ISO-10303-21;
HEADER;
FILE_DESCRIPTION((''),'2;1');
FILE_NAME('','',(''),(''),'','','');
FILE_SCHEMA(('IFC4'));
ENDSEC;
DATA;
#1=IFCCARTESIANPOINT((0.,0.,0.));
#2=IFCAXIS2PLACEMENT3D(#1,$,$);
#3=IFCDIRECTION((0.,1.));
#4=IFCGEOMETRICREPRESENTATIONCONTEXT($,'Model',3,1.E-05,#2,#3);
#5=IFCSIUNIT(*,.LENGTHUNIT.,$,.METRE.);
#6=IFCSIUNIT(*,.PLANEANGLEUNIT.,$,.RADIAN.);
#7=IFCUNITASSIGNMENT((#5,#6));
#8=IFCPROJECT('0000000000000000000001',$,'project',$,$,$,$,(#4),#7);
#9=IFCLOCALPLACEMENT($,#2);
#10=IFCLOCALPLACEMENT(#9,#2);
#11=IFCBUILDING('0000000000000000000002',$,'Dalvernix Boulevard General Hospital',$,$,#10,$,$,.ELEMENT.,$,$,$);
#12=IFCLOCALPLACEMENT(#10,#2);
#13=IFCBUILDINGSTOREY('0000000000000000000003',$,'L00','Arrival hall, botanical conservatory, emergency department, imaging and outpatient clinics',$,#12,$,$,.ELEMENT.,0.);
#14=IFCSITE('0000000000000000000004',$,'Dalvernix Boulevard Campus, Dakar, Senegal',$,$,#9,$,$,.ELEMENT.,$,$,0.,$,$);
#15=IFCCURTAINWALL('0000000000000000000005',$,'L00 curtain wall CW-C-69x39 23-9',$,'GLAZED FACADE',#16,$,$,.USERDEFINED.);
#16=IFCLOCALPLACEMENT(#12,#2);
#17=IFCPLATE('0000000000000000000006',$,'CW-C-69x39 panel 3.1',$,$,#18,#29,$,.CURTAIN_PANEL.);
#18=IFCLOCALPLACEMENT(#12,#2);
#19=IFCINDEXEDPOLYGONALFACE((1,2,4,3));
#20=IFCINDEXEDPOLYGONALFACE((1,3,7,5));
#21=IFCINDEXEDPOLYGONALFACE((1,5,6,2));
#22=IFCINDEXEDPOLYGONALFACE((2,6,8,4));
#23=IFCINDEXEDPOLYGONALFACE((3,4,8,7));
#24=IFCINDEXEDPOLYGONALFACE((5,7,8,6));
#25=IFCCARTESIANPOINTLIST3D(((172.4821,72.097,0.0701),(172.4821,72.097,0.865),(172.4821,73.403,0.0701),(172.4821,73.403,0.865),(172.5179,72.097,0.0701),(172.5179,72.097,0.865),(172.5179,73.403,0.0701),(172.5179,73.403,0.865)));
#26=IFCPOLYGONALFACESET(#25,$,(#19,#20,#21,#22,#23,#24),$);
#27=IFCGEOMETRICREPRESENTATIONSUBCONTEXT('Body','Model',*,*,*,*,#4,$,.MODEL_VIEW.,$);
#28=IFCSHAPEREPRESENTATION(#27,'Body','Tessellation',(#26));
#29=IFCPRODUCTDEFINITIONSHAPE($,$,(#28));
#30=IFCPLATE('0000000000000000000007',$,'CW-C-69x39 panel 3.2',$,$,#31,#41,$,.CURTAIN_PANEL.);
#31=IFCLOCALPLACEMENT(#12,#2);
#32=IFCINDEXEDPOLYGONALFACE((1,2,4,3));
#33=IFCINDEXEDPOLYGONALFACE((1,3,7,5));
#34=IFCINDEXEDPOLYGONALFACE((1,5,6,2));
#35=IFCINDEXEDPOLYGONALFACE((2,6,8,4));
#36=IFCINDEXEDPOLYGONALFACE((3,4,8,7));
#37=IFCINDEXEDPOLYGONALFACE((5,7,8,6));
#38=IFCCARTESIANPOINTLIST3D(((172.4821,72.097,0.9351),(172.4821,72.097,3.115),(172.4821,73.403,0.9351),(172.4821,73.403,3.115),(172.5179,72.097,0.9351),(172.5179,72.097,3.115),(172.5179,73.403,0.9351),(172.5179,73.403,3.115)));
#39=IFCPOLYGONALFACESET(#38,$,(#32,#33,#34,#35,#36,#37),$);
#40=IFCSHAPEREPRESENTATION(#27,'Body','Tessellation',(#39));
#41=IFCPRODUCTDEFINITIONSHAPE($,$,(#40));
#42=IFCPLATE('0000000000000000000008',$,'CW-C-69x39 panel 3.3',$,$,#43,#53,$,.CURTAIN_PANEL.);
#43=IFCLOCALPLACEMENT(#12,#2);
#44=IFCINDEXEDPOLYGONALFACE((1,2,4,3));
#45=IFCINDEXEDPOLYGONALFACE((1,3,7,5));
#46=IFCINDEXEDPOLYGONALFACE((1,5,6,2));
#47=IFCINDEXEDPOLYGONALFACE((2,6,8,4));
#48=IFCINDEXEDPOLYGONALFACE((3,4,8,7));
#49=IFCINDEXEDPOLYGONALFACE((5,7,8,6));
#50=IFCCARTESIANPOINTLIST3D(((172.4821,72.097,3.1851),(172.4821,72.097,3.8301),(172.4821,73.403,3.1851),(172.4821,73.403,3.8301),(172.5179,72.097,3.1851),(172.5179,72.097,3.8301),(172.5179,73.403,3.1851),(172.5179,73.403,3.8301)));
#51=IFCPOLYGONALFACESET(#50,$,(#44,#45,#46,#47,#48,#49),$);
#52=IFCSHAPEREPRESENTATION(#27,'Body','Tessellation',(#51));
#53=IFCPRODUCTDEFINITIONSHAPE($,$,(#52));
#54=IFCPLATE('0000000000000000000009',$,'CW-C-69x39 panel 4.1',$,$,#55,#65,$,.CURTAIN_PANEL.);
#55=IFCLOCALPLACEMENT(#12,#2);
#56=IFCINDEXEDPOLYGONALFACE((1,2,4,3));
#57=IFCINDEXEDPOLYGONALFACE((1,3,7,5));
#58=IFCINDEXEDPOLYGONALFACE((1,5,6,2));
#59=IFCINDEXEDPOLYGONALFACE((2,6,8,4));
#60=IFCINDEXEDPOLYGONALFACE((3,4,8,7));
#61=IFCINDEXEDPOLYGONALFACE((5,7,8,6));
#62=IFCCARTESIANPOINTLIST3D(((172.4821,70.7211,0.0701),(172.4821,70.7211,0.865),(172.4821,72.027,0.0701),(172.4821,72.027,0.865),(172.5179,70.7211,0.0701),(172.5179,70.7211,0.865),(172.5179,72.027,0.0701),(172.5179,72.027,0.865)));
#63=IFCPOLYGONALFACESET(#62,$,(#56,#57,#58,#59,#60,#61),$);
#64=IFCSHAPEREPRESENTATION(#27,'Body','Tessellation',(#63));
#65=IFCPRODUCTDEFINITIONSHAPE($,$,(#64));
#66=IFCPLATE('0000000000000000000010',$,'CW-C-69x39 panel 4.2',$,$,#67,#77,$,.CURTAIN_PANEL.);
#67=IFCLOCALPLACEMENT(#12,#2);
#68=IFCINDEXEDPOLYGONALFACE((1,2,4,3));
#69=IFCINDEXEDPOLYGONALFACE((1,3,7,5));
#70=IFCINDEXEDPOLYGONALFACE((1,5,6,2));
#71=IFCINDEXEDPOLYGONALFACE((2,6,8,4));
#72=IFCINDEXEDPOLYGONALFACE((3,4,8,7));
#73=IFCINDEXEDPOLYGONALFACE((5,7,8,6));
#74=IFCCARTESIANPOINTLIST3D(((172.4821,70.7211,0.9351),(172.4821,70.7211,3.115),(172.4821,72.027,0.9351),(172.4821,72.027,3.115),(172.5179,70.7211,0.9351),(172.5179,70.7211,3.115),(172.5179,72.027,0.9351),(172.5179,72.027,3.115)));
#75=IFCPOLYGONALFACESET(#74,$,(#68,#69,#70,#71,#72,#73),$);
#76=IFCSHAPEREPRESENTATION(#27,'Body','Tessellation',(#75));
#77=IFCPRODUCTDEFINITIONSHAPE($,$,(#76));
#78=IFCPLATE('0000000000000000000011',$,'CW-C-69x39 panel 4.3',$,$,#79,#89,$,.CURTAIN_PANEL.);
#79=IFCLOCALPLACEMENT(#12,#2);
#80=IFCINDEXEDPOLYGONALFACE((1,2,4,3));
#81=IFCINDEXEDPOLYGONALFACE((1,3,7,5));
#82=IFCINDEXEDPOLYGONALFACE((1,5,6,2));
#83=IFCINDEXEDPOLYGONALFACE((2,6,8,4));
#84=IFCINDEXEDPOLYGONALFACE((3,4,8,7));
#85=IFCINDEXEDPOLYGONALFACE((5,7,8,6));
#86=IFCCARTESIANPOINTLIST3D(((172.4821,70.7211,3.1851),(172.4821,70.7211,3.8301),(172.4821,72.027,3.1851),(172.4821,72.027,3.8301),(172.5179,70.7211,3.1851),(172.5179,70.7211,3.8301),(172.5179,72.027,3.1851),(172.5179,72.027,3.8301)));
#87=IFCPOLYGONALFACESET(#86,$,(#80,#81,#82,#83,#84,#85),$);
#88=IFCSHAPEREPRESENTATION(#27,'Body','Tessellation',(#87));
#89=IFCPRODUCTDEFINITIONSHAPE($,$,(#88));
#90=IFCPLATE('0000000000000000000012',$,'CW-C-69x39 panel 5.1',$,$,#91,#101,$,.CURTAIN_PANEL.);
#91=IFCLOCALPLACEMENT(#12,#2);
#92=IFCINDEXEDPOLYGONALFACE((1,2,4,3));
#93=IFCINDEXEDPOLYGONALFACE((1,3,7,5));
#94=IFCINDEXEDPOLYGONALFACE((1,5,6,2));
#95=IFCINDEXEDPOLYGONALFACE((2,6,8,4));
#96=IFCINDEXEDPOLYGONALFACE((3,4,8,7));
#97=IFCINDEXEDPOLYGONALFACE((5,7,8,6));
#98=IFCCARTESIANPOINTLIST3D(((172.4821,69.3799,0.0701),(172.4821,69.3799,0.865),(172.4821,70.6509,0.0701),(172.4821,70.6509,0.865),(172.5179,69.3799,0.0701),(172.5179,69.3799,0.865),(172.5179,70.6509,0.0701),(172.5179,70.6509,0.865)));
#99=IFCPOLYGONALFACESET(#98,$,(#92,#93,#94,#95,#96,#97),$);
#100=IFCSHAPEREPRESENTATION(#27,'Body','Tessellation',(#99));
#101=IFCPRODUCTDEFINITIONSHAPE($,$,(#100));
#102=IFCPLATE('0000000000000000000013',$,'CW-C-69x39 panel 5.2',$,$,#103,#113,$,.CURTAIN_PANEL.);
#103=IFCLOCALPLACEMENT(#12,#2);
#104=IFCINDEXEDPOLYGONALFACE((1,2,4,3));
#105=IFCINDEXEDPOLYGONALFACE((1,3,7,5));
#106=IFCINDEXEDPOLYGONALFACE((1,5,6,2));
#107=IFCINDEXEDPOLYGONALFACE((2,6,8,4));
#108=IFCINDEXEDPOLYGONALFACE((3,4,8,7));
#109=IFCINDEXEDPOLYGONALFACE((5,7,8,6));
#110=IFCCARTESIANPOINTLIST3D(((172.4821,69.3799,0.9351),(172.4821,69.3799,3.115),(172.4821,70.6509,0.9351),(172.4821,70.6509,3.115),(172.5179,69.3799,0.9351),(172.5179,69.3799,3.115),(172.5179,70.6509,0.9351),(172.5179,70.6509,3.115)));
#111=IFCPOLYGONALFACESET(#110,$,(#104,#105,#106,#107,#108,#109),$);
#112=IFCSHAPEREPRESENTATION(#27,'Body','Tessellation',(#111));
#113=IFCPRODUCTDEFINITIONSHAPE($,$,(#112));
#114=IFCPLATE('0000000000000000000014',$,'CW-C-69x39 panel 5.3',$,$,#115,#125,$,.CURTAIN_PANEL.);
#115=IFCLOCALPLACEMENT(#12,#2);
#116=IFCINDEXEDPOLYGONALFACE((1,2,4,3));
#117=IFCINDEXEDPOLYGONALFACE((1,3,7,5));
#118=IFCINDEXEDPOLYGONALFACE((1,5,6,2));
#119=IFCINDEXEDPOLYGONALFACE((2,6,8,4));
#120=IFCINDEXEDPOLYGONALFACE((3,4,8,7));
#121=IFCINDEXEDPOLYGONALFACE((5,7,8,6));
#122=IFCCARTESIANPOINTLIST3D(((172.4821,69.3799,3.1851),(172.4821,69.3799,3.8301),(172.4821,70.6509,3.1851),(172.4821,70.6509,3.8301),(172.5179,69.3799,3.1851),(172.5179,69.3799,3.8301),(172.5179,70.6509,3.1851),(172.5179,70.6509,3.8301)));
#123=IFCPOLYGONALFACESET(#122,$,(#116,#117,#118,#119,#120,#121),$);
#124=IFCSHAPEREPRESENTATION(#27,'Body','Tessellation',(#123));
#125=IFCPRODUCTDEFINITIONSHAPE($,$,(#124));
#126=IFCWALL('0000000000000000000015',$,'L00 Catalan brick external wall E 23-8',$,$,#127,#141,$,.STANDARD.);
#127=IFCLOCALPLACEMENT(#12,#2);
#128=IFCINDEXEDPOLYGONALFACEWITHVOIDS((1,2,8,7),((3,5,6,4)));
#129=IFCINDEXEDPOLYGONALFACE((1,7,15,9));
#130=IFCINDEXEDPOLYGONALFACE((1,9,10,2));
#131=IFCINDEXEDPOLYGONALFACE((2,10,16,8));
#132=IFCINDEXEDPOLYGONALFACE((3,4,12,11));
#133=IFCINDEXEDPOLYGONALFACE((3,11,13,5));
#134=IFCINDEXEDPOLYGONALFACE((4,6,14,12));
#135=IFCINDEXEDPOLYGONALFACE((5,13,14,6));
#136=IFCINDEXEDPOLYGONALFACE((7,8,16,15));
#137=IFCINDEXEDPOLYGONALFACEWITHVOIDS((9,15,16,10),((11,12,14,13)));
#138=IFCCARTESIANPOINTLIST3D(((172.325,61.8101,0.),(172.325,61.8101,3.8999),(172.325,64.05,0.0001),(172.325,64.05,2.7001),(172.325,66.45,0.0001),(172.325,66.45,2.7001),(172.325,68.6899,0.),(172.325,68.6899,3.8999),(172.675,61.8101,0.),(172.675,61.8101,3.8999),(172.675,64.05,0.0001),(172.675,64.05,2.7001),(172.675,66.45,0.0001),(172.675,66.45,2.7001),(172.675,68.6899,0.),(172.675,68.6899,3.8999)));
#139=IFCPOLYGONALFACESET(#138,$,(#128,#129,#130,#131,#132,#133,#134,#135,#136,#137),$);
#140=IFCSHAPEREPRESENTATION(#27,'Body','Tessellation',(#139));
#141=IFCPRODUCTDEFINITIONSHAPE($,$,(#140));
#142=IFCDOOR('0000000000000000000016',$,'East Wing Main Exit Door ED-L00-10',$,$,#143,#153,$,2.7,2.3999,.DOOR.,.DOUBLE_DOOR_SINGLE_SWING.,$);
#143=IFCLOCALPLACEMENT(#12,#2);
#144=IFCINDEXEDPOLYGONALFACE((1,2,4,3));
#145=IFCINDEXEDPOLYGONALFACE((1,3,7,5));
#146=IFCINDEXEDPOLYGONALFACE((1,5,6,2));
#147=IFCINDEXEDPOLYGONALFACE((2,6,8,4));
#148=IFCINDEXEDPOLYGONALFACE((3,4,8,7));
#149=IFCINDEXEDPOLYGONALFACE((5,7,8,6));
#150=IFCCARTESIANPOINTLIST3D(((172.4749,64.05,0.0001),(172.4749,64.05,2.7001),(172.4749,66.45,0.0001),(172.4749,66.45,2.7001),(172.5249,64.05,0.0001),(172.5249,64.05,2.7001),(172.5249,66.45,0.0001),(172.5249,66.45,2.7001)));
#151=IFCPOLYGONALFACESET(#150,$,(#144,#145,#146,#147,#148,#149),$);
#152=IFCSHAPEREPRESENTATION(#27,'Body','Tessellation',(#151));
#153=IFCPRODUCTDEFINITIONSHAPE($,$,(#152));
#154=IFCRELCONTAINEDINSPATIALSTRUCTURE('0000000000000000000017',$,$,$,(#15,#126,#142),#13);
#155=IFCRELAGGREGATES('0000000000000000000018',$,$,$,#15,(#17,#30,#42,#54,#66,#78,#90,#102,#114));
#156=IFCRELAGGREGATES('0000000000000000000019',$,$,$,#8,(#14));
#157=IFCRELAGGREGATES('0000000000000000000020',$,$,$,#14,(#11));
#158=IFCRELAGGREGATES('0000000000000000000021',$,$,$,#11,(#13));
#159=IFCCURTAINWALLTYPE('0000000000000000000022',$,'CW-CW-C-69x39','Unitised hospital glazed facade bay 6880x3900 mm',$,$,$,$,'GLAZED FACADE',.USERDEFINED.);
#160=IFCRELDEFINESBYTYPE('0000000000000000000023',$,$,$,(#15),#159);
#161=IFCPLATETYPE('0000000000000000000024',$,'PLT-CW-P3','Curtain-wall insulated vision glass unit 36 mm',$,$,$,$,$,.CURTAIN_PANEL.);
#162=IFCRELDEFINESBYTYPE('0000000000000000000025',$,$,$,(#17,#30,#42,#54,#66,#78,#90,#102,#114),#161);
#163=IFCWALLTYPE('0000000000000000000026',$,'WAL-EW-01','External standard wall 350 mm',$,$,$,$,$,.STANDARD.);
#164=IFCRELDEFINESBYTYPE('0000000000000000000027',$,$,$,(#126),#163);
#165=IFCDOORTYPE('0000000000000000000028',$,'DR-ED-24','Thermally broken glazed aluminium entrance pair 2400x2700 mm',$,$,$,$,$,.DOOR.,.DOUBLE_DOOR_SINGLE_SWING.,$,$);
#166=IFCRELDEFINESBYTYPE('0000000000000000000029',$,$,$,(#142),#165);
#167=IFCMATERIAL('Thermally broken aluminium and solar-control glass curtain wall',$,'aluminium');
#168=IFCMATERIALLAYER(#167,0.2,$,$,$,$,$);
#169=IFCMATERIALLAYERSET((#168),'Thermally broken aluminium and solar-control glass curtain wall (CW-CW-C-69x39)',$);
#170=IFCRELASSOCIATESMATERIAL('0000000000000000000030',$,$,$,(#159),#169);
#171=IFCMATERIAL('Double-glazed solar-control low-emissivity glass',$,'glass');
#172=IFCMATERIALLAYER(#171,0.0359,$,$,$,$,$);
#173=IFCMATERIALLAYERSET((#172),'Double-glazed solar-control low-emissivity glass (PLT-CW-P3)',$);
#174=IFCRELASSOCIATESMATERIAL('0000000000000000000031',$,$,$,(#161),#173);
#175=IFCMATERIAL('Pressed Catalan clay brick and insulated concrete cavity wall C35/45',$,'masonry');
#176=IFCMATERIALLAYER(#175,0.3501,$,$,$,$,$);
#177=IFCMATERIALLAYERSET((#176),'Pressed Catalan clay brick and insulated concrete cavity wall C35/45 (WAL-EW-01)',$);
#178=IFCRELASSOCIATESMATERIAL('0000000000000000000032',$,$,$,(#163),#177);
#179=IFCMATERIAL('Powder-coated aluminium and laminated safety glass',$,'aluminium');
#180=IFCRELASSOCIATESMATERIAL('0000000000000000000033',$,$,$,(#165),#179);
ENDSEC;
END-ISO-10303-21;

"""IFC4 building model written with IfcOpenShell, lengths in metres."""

from ifc_helpers import new_model, si_unit, direction, frame, frame_2d, origin, origin_2d, place, context, subcontext, project, spatial, rectangle, extrude, material, layer, layer_set, type_object, element, fill, aggregate, save


model = new_model("IFC4")

# Units and contexts
model_context = context("Model", 3, precision=1e-05, world=origin(), true_north=direction((0.0, 1.0)))
body_context = subcontext(model_context, "Body", "Model", "MODEL_VIEW")
ifc_project = project(units=[si_unit("LENGTHUNIT", "METRE"), si_unit("PLANEANGLEUNIT", "RADIAN")], contexts=[model_context])

# Site, building, storey
site_placement = place(None, origin())
site = spatial("IfcSite", under=ifc_project, at=site_placement, Name="Dalvernix Boulevard Campus, Dakar, Senegal", CompositionType="ELEMENT", RefElevation=0.0)
building_placement = place(site_placement, origin())
building = spatial("IfcBuilding", under=site, at=building_placement, Name="Dalvernix Boulevard General Hospital", CompositionType="ELEMENT")
storey_placement = place(building_placement, origin())
storey = spatial("IfcBuildingStorey", under=building, at=storey_placement, Name="L00", Description="Arrival hall, botanical conservatory, emergency department, imaging and outpatient clinics", CompositionType="ELEMENT", Elevation=0.0)

# Shared definitions
ifc_material_1 = material(Name="Thermally broken aluminium and solar-control glass curtain wall", Category="aluminium")

# Curtain wall
ifc_layer_1 = layer(ifc_material_1, 0.2)
ifc_layer_set_1 = layer_set([ifc_layer_1], Name="Thermally broken aluminium and solar-control glass curtain wall (CW-CW-C-69x39)")
curtain_wall_type_1 = type_object("IfcCurtainWallType", Name="CW-CW-C-69x39", Description="Unitised hospital glazed facade bay 6880x3900 mm", ElementType="GLAZED FACADE", PredefinedType="USERDEFINED", material=ifc_layer_set_1)
curtain_wall_1_placement = place(storey_placement, origin())
curtain_wall_1 = element("IfcCurtainWall", 1, at=curtain_wall_1_placement, inside=storey, type_object=curtain_wall_type_1, Name="L00 curtain wall CW-C-69x39 23-9", ObjectType="GLAZED FACADE", PredefinedType="USERDEFINED")

# Plates
ifc_material_2 = material(Name="Double-glazed solar-control low-emissivity glass", Category="glass")
ifc_layer_2 = layer(ifc_material_2, 0.0359)
ifc_layer_set_2 = layer_set([ifc_layer_2], Name="Double-glazed solar-control low-emissivity glass (PLT-CW-P3)")
plate_type_1 = type_object("IfcPlateType", Name="PLT-CW-P3", Description="Curtain-wall insulated vision glass unit 36 mm", PredefinedType="CURTAIN_PANEL", material=ifc_layer_set_2)
plate_1_placement = place(storey_placement, frame((172.5, 72.75, 0.0701), z_axis=(0.0, 0.0, 1.0), x_axis=(0.0, -1.0, 0.0)))
plate_1 = element("IfcPlate", 2, at=plate_1_placement, type_object=plate_type_1, Name="CW-C-69x39 panel 3.1", PredefinedType="CURTAIN_PANEL", context=body_context, shape_type="SweptSolid", body=[
    extrude(rectangle(XDim=1.3059, YDim=0.0359, at=origin_2d()), origin(), (0.0, 0.0, 1.0), 0.7949),
])
plate_2_placement = place(storey_placement, frame((172.5, 72.75, 0.9351), z_axis=(0.0, 0.0, 1.0), x_axis=(0.0, -1.0, 0.0)))
plate_2 = element("IfcPlate", 3, at=plate_2_placement, type_object=plate_type_1, Name="CW-C-69x39 panel 3.2", PredefinedType="CURTAIN_PANEL", context=body_context, shape_type="SweptSolid", body=[
    extrude(rectangle(XDim=1.3059, YDim=0.0359, at=origin_2d()), origin(), (0.0, 0.0, 1.0), 2.1799),
])
plate_3_placement = place(storey_placement, frame((172.5, 72.75, 3.1851), z_axis=(0.0, 0.0, 1.0), x_axis=(0.0, -1.0, 0.0)))
plate_3 = element("IfcPlate", 4, at=plate_3_placement, type_object=plate_type_1, Name="CW-C-69x39 panel 3.3", PredefinedType="CURTAIN_PANEL", context=body_context, shape_type="SweptSolid", body=[
    extrude(rectangle(XDim=1.3059, YDim=0.0359, at=origin_2d()), origin(), (0.0, 0.0, 1.0), 0.645),
])
plate_4_placement = place(storey_placement, frame((172.5, 71.374, 0.0701), z_axis=(0.0, 0.0, 1.0), x_axis=(0.0, -1.0, 0.0)))
plate_4 = element("IfcPlate", 5, at=plate_4_placement, type_object=plate_type_1, Name="CW-C-69x39 panel 4.1", PredefinedType="CURTAIN_PANEL", context=body_context, shape_type="SweptSolid", body=[
    extrude(rectangle(XDim=1.3059, YDim=0.0359, at=origin_2d()), origin(), (0.0, 0.0, 1.0), 0.7949),
])
plate_5_placement = place(storey_placement, frame((172.5, 71.374, 0.9351), z_axis=(0.0, 0.0, 1.0), x_axis=(0.0, -1.0, 0.0)))
plate_5 = element("IfcPlate", 6, at=plate_5_placement, type_object=plate_type_1, Name="CW-C-69x39 panel 4.2", PredefinedType="CURTAIN_PANEL", context=body_context, shape_type="SweptSolid", body=[
    extrude(rectangle(XDim=1.3059, YDim=0.0359, at=origin_2d()), origin(), (0.0, 0.0, 1.0), 2.1799),
])
plate_6_placement = place(storey_placement, frame((172.5, 71.374, 3.1851), z_axis=(0.0, 0.0, 1.0), x_axis=(0.0, -1.0, 0.0)))
plate_6 = element("IfcPlate", 7, at=plate_6_placement, type_object=plate_type_1, Name="CW-C-69x39 panel 4.3", PredefinedType="CURTAIN_PANEL", context=body_context, shape_type="SweptSolid", body=[
    extrude(rectangle(XDim=1.3059, YDim=0.0359, at=origin_2d()), origin(), (0.0, 0.0, 1.0), 0.645),
])
plate_7_placement = place(storey_placement, frame((172.5, 70.0154, 0.0701), z_axis=(0.0, 0.0, 1.0), x_axis=(0.0, -1.0, 0.0)))
plate_7 = element("IfcPlate", 8, at=plate_7_placement, type_object=plate_type_1, Name="CW-C-69x39 panel 5.1", PredefinedType="CURTAIN_PANEL", context=body_context, shape_type="SweptSolid", body=[
    extrude(rectangle(XDim=1.271, YDim=0.0359, at=origin_2d()), origin(), (0.0, 0.0, 1.0), 0.7949),
])
plate_8_placement = place(storey_placement, frame((172.5, 70.0154, 0.9351), z_axis=(0.0, 0.0, 1.0), x_axis=(0.0, -1.0, 0.0)))
plate_8 = element("IfcPlate", 9, at=plate_8_placement, type_object=plate_type_1, Name="CW-C-69x39 panel 5.2", PredefinedType="CURTAIN_PANEL", context=body_context, shape_type="SweptSolid", body=[
    extrude(rectangle(XDim=1.271, YDim=0.0359, at=origin_2d()), origin(), (0.0, 0.0, 1.0), 2.1799),
])
plate_9_placement = place(storey_placement, frame((172.5, 70.0154, 3.1851), z_axis=(0.0, 0.0, 1.0), x_axis=(0.0, -1.0, 0.0)))
plate_9 = element("IfcPlate", 10, at=plate_9_placement, type_object=plate_type_1, Name="CW-C-69x39 panel 5.3", PredefinedType="CURTAIN_PANEL", context=body_context, shape_type="SweptSolid", body=[
    extrude(rectangle(XDim=1.271, YDim=0.0359, at=origin_2d()), origin(), (0.0, 0.0, 1.0), 0.645),
])
aggregate(curtain_wall_1, [plate_1, plate_2, plate_3, plate_4, plate_5, plate_6, plate_7, plate_8, plate_9])

# Wall, opening, door
ifc_material_3 = material(Name="Pressed Catalan clay brick and insulated concrete cavity wall C35/45", Category="masonry")
ifc_layer_3 = layer(ifc_material_3, 0.3501)
ifc_layer_set_3 = layer_set([ifc_layer_3], Name="Pressed Catalan clay brick and insulated concrete cavity wall C35/45 (WAL-EW-01)")
wall_type = type_object("IfcWallType", Name="WAL-EW-01", Description="External standard wall 350 mm", PredefinedType="STANDARD", material=ifc_layer_set_3)
wall_placement = place(storey_placement, frame((172.5, 68.6899, 0.0), z_axis=(0.0, 0.0, 1.0), x_axis=(0.0, -1.0, 0.0)))
wall = element("IfcWall", 11, at=wall_placement, inside=storey, type_object=wall_type, Name="L00 Catalan brick external wall E 23-8", PredefinedType="STANDARD", context=body_context, shape_type="SweptSolid", body=[
    extrude(rectangle(XDim=6.8799, YDim=0.3501, at=frame_2d((3.4399, 0.0))), origin(), (0.0, 0.0, 1.0), 3.8999),
])
opening_placement = place(wall_placement, frame((2.24, 0.0, 0.0)))
opening = element("IfcOpeningElement", 12, at=opening_placement, cuts=wall, PredefinedType="OPENING", context=body_context, shape_type="SweptSolid", body=[
    extrude(rectangle(XDim=2.3999, YDim=2.7, at=frame_2d((1.2, 1.3501))), frame((0.0, 0.1851, 0.0), z_axis=(0.0, -1.0, 0.0), x_axis=(1.0, 0.0, 0.0)), (0.0, 0.0, 1.0), 0.3701),
])
ifc_material_4 = material(Name="Powder-coated aluminium and laminated safety glass", Category="aluminium")
door_type = type_object("IfcDoorType", Name="DR-ED-24", Description="Thermally broken glazed aluminium entrance pair 2400x2700 mm", OperationType="DOUBLE_DOOR_SINGLE_SWING", PredefinedType="DOOR", material=ifc_material_4)
door_placement = place(opening_placement, origin())
door = element("IfcDoor", 13, at=door_placement, inside=storey, type_object=door_type, Name="East Wing Main Exit Door ED-L00-10", OperationType="DOUBLE_DOOR_SINGLE_SWING", OverallHeight=2.7, OverallWidth=2.3999, PredefinedType="DOOR", context=body_context, shape_type="SweptSolid", body=[
    extrude(rectangle(XDim=2.3999, YDim=2.7, at=frame_2d((1.2, 1.3501))), frame((0.0, 0.0249, 0.0), z_axis=(0.0, -1.0, 0.0), x_axis=(1.0, 0.0, 0.0)), (0.0, 0.0, 1.0), 0.05),
])
fill(opening, door)

save(model, "model.ifc")
